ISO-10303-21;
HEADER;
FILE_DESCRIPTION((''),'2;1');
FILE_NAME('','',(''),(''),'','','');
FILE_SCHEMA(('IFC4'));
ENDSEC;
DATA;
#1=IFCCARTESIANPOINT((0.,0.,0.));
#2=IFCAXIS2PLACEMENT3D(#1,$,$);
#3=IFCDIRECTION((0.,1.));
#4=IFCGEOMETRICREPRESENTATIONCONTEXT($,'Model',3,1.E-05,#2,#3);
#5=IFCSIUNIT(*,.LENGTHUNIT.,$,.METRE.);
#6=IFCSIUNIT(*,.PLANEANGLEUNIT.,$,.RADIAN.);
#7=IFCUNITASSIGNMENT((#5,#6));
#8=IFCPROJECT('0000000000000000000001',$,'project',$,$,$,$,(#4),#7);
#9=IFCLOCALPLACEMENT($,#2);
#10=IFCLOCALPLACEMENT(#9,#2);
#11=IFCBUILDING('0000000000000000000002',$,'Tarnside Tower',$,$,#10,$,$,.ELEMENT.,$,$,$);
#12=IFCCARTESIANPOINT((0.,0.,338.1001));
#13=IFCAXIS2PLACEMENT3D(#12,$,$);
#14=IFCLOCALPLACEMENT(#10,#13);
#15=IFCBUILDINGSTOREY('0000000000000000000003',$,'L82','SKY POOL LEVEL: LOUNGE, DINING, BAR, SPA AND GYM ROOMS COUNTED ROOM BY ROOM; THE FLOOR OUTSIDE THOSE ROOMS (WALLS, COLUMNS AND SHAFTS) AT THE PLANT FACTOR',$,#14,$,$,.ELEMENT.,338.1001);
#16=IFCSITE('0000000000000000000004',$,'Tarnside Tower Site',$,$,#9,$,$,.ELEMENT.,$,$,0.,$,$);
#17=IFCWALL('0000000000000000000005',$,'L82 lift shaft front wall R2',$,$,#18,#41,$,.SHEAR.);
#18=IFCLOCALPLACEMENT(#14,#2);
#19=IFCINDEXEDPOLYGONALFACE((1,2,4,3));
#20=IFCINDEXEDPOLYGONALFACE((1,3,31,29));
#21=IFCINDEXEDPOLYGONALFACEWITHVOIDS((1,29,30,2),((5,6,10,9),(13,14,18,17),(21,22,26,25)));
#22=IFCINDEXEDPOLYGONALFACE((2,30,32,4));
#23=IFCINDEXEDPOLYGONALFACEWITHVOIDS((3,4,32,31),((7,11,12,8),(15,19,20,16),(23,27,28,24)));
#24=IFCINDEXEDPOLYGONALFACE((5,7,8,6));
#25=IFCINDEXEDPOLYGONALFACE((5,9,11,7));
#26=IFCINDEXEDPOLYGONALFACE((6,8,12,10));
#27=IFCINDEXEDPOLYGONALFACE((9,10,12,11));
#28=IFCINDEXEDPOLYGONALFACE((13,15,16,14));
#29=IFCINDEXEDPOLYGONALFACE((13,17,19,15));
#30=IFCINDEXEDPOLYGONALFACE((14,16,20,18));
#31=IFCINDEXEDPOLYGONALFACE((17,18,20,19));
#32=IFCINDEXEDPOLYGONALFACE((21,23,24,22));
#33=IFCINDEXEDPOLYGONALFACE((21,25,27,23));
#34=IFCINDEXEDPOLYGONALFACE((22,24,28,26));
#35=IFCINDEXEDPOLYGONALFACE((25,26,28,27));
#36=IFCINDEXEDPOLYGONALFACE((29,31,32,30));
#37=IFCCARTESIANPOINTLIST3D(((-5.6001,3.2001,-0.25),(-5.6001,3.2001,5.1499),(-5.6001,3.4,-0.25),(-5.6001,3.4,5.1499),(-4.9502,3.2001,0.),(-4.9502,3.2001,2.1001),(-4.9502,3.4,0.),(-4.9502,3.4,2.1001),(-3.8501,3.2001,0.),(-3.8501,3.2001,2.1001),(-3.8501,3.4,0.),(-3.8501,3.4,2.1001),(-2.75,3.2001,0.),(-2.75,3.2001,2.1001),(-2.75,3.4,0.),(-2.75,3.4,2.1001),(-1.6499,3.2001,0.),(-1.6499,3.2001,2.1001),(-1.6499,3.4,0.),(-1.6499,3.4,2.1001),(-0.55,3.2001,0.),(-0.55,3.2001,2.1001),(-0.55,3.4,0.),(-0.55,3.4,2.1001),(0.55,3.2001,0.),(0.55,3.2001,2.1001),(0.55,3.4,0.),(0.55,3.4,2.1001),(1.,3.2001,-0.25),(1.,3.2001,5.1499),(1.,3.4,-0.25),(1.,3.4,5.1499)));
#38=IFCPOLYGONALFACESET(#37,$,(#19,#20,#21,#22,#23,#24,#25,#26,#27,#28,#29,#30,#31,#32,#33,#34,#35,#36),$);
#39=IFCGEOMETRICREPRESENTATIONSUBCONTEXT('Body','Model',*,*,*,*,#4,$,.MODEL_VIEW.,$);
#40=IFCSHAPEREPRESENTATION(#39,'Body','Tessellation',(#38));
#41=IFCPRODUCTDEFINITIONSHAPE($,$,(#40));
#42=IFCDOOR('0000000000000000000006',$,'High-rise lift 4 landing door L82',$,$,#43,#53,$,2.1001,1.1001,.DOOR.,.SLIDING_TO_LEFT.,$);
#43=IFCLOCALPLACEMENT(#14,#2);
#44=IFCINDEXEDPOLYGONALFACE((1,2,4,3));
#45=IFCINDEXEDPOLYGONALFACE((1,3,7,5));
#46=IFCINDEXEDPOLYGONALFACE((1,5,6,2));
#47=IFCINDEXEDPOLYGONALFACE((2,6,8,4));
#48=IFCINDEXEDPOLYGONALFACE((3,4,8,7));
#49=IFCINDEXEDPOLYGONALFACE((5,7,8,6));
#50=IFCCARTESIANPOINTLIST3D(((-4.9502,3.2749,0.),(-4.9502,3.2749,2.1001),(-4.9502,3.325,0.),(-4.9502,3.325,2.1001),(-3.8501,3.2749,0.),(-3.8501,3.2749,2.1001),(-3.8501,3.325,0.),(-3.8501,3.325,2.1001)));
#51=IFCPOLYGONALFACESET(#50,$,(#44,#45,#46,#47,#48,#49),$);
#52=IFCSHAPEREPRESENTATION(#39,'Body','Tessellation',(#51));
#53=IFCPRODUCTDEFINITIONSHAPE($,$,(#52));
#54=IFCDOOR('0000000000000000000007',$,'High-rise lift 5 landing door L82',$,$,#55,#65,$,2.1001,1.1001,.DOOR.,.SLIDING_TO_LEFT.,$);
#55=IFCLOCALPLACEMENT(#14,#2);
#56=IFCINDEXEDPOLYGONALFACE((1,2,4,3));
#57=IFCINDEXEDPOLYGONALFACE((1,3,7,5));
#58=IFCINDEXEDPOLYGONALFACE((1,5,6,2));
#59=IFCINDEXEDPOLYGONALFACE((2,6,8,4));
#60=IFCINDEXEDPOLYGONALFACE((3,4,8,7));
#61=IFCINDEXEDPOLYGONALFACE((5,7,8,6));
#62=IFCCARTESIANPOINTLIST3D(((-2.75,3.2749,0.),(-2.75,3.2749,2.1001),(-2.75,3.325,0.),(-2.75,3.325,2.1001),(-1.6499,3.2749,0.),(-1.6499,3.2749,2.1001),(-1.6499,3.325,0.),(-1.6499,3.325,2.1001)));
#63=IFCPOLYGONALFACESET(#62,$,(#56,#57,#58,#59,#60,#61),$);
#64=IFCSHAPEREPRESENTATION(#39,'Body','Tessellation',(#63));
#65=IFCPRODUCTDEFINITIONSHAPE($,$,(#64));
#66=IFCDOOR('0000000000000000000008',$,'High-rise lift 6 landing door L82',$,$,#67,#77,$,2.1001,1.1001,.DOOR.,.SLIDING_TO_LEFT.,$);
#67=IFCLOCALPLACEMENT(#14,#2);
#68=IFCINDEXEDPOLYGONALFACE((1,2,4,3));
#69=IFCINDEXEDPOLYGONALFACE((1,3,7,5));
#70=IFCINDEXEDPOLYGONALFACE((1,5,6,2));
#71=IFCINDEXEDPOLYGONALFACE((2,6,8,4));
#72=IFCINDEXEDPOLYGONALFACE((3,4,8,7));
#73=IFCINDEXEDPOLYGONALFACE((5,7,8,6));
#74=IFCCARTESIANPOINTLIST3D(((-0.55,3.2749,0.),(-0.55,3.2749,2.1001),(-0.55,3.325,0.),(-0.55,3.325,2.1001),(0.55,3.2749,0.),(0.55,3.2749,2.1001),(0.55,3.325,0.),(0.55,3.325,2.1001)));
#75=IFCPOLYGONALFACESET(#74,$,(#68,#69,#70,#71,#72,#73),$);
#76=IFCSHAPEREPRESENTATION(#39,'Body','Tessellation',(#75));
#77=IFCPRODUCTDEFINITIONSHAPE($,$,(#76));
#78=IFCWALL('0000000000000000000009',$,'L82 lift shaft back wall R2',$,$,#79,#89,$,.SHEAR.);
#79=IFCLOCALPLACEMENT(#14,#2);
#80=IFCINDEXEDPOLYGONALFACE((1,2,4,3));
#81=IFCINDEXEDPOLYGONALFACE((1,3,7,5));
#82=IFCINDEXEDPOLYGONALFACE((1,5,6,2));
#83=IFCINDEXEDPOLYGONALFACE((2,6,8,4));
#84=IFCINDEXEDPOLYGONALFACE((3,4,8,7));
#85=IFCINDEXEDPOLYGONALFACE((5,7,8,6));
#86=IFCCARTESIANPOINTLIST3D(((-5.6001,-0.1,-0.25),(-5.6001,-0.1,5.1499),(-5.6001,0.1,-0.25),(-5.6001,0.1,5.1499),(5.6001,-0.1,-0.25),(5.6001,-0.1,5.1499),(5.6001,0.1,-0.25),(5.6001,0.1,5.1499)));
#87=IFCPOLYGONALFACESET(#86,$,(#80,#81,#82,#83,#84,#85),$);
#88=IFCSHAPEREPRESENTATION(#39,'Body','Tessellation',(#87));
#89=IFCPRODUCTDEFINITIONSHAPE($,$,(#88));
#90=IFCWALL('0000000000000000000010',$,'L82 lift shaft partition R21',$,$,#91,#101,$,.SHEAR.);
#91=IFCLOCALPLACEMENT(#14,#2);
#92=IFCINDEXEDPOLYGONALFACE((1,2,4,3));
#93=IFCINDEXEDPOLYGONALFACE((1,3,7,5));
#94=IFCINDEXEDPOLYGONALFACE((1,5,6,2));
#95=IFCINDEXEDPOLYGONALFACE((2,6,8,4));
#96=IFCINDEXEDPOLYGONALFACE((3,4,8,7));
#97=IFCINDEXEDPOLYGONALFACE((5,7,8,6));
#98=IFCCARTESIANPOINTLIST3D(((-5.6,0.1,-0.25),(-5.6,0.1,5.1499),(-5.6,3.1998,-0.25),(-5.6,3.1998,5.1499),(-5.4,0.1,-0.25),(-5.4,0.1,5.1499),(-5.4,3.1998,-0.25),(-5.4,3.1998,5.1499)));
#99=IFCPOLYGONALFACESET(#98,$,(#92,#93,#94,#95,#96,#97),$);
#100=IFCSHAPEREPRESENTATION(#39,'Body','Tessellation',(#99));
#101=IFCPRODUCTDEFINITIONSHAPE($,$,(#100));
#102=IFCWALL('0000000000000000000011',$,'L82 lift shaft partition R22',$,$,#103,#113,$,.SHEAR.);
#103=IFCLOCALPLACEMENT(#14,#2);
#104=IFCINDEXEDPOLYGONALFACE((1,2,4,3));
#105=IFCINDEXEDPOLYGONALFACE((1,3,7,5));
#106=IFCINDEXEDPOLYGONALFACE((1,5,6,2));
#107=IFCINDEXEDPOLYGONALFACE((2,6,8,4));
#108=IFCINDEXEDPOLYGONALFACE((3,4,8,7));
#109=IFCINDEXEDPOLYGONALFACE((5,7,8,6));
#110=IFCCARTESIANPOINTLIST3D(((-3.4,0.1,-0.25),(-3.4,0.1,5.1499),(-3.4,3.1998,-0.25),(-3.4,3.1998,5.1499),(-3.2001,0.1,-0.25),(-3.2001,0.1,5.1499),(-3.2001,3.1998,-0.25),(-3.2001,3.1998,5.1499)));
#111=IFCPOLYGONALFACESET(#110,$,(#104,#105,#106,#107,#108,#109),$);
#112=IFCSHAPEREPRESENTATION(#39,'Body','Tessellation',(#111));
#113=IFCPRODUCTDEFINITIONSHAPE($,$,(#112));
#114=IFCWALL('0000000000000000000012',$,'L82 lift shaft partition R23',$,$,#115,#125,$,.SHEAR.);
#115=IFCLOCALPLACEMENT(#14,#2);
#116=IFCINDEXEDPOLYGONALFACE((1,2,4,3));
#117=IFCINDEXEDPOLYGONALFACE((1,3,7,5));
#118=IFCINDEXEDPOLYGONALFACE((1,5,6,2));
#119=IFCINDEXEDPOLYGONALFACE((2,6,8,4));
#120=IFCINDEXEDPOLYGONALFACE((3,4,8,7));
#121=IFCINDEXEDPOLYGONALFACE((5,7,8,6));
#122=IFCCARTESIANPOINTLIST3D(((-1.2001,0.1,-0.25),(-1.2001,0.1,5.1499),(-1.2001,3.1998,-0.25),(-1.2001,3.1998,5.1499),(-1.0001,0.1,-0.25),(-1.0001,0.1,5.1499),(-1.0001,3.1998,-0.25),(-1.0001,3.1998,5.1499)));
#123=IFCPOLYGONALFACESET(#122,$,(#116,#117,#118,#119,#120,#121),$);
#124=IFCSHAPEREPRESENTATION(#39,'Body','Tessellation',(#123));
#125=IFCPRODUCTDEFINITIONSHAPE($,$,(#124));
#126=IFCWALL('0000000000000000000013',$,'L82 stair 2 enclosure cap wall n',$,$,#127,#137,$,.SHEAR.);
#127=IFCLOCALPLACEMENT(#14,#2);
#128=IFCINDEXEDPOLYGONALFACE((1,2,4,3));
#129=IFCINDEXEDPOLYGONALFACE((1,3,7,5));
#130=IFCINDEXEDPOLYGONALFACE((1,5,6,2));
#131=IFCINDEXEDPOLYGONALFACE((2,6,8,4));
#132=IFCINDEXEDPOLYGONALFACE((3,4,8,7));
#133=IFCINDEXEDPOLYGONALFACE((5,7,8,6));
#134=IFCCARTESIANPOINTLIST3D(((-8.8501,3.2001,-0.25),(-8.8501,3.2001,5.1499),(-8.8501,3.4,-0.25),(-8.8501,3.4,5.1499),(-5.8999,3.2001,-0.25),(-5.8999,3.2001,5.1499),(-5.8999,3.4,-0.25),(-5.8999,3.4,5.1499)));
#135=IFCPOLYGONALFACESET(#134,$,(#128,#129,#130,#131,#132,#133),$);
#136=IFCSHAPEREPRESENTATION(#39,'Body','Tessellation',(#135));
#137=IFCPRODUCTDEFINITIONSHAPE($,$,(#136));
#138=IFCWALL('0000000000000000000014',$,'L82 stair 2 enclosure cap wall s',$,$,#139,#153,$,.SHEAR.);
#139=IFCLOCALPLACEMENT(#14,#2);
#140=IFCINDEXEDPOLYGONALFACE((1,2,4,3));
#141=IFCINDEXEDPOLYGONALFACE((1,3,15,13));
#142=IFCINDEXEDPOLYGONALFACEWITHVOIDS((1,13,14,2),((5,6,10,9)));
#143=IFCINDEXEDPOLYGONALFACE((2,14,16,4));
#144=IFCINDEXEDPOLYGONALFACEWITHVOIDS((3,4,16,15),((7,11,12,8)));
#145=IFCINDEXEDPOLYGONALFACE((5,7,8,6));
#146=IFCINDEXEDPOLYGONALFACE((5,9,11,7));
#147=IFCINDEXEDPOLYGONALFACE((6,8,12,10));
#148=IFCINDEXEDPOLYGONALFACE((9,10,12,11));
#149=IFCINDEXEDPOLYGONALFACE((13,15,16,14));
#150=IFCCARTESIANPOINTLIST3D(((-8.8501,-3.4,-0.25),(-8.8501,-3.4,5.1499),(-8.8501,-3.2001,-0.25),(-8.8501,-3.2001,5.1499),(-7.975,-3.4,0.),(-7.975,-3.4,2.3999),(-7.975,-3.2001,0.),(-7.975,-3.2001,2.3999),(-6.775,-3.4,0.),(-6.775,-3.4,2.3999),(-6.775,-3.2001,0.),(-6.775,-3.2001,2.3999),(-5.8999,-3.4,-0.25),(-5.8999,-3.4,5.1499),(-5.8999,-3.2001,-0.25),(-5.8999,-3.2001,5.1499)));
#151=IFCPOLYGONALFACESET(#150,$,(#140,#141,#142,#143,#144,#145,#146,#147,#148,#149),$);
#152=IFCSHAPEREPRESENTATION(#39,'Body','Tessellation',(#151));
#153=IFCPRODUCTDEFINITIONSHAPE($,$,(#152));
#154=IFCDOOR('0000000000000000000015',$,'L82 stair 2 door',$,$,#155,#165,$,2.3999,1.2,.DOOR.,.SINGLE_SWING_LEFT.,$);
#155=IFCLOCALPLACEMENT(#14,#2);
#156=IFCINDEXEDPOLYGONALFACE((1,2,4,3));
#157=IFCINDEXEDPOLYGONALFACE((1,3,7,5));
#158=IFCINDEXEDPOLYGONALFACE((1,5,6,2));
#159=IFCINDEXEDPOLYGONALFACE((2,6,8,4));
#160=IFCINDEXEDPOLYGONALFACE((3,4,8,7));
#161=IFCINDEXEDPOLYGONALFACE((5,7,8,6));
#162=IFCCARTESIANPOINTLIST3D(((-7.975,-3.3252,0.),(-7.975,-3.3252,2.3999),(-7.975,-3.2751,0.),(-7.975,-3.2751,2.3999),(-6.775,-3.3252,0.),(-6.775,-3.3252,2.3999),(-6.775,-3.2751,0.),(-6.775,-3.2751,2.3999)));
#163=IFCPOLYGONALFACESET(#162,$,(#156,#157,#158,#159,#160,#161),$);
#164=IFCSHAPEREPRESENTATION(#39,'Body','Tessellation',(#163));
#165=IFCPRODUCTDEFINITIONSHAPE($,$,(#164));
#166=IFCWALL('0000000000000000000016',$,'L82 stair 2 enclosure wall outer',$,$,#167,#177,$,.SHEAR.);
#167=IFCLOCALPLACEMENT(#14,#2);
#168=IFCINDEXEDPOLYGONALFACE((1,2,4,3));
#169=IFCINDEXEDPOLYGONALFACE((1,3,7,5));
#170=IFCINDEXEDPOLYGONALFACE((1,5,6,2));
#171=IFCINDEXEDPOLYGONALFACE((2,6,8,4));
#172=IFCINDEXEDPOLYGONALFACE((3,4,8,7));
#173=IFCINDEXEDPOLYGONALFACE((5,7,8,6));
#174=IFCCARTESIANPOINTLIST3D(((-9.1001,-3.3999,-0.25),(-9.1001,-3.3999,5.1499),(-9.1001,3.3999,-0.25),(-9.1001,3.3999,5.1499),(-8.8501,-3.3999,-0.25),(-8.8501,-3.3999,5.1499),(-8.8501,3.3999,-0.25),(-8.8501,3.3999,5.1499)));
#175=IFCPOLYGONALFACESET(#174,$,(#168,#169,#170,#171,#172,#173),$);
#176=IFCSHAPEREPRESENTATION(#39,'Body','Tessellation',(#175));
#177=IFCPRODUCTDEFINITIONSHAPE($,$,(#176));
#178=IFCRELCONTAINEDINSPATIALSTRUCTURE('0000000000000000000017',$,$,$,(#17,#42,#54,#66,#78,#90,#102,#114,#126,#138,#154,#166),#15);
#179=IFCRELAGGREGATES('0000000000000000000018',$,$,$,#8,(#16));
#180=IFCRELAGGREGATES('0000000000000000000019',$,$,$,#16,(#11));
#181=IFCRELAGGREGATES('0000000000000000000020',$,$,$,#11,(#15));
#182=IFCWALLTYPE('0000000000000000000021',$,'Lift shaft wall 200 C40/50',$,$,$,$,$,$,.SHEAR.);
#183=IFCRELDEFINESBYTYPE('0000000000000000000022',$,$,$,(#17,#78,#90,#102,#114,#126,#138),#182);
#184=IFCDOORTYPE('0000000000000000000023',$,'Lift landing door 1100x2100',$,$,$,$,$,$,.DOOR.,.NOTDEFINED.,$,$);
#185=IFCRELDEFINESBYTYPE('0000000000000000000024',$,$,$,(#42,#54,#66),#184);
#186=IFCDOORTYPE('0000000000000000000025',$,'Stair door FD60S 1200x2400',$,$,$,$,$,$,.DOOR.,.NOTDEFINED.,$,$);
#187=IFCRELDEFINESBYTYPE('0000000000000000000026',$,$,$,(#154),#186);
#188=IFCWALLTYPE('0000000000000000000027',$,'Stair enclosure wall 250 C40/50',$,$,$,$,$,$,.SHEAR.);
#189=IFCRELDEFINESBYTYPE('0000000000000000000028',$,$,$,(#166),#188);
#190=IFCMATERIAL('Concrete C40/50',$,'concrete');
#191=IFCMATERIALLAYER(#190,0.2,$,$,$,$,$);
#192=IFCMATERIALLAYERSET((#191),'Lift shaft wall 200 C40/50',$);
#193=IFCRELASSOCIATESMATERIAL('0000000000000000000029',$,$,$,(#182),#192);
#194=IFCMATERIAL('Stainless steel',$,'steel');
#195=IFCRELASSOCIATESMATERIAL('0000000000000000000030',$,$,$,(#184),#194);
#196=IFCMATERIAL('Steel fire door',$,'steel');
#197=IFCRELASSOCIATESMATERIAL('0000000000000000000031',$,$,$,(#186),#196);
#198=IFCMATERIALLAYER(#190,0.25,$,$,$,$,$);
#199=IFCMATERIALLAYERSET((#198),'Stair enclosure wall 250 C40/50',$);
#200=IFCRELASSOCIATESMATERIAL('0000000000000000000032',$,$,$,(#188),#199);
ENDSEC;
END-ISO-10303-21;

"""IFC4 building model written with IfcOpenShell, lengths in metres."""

from ifc_helpers import new_model, si_unit, direction, frame, frame_2d, origin, place, context, subcontext, project, spatial, rectangle, extrude, material, layer, layer_set, type_object, element, fill, save


model = new_model("IFC4")

# Units and contexts
model_context = context("Model", 3, precision=1e-05, world=origin(), true_north=direction((0.0, 1.0)))
body_context = subcontext(model_context, "Body", "Model", "MODEL_VIEW")
ifc_project = project(units=[si_unit("LENGTHUNIT", "METRE"), si_unit("PLANEANGLEUNIT", "RADIAN")], contexts=[model_context])

# Site, building, storey
site_placement = place(None, origin())
site = spatial("IfcSite", under=ifc_project, at=site_placement, Name="Tarnside Tower Site", CompositionType="ELEMENT", RefElevation=0.0)
building_placement = place(site_placement, origin())
building = spatial("IfcBuilding", under=site, at=building_placement, Name="Tarnside Tower", CompositionType="ELEMENT")
storey_placement = place(building_placement, frame((0.0, 0.0, 338.1001)))
storey = spatial("IfcBuildingStorey", under=building, at=storey_placement, Name="L82", Description="SKY POOL LEVEL: LOUNGE, DINING, BAR, SPA AND GYM ROOMS COUNTED ROOM BY ROOM; THE FLOOR OUTSIDE THOSE ROOMS (WALLS, COLUMNS AND SHAFTS) AT THE PLANT FACTOR", CompositionType="ELEMENT", Elevation=338.1001)

# Shared definitions
ifc_material_1 = material(Name="Concrete C40/50", Category="concrete")
ifc_layer_1 = layer(ifc_material_1, 0.2)
ifc_layer_set_1 = layer_set([ifc_layer_1], Name="Lift shaft wall 200 C40/50")
wall_type_1 = type_object("IfcWallType", Name="Lift shaft wall 200 C40/50", PredefinedType="SHEAR", material=ifc_layer_set_1)
ifc_material_2 = material(Name="Stainless steel", Category="steel")
door_type_1 = type_object("IfcDoorType", Name="Lift landing door 1100x2100", OperationType="NOTDEFINED", PredefinedType="DOOR", material=ifc_material_2)
ifc_material_3 = material(Name="Steel fire door", Category="steel")

# Wall, openings, doors
wall_1_placement = place(storey_placement, frame((-5.6001, 3.3, -0.25), z_axis=(0.0, 0.0, 1.0), x_axis=(1.0, 0.0, 0.0)))
wall_1 = element("IfcWall", 1, at=wall_1_placement, inside=storey, type_object=wall_type_1, Name="L82 lift shaft front wall R2", PredefinedType="SHEAR", context=body_context, shape_type="SweptSolid", body=[
    extrude(rectangle(XDim=6.6001, YDim=0.2, at=frame_2d((3.3, 0.0))), origin(), (0.0, 0.0, 1.0), 5.3999),
])
opening_1_placement = place(wall_1_placement, frame((0.6499, 0.0, 0.25)))
opening_1 = element("IfcOpeningElement", 2, at=opening_1_placement, cuts=wall_1, PredefinedType="OPENING", context=body_context, shape_type="SweptSolid", body=[
    extrude(rectangle(XDim=1.1001, YDim=2.1001, at=frame_2d((0.55, 1.05))), frame((0.0, 0.1099, 0.0), z_axis=(0.0, -1.0, 0.0), x_axis=(1.0, 0.0, 0.0)), (0.0, 0.0, 1.0), 0.22),
])
opening_2_placement = place(wall_1_placement, frame((2.8501, 0.0, 0.25)))
opening_2 = element("IfcOpeningElement", 3, at=opening_2_placement, cuts=wall_1, PredefinedType="OPENING", context=body_context, shape_type="SweptSolid", body=[
    extrude(rectangle(XDim=1.1001, YDim=2.1001, at=frame_2d((0.55, 1.05))), frame((0.0, 0.1099, 0.0), z_axis=(0.0, -1.0, 0.0), x_axis=(1.0, 0.0, 0.0)), (0.0, 0.0, 1.0), 0.22),
])
opening_3_placement = place(wall_1_placement, frame((5.05, 0.0, 0.25)))
opening_3 = element("IfcOpeningElement", 4, at=opening_3_placement, cuts=wall_1, PredefinedType="OPENING", context=body_context, shape_type="SweptSolid", body=[
    extrude(rectangle(XDim=1.1001, YDim=2.1001, at=frame_2d((0.55, 1.05))), frame((0.0, 0.1099, 0.0), z_axis=(0.0, -1.0, 0.0), x_axis=(1.0, 0.0, 0.0)), (0.0, 0.0, 1.0), 0.22),
])
door_1_placement = place(opening_1_placement, origin())
door_1 = element("IfcDoor", 5, at=door_1_placement, inside=storey, type_object=door_type_1, Name="High-rise lift 4 landing door L82", OperationType="SLIDING_TO_LEFT", OverallHeight=2.1001, OverallWidth=1.1001, PredefinedType="DOOR", context=body_context, shape_type="SweptSolid", body=[
    extrude(rectangle(XDim=1.1001, YDim=2.1001, at=frame_2d((0.55, 1.05))), frame((0.0, 0.0249, 0.0), z_axis=(0.0, -1.0, 0.0), x_axis=(1.0, 0.0, 0.0)), (0.0, 0.0, 1.0), 0.05),
])
fill(opening_1, door_1)
door_2_placement = place(opening_2_placement, origin())
door_2 = element("IfcDoor", 6, at=door_2_placement, inside=storey, type_object=door_type_1, Name="High-rise lift 5 landing door L82", OperationType="SLIDING_TO_LEFT", OverallHeight=2.1001, OverallWidth=1.1001, PredefinedType="DOOR", context=body_context, shape_type="SweptSolid", body=[
    extrude(rectangle(XDim=1.1001, YDim=2.1001, at=frame_2d((0.55, 1.05))), frame((0.0, 0.0249, 0.0), z_axis=(0.0, -1.0, 0.0), x_axis=(1.0, 0.0, 0.0)), (0.0, 0.0, 1.0), 0.05),
])
fill(opening_2, door_2)
door_3_placement = place(opening_3_placement, origin())
door_3 = element("IfcDoor", 7, at=door_3_placement, inside=storey, type_object=door_type_1, Name="High-rise lift 6 landing door L82", OperationType="SLIDING_TO_LEFT", OverallHeight=2.1001, OverallWidth=1.1001, PredefinedType="DOOR", context=body_context, shape_type="SweptSolid", body=[
    extrude(rectangle(XDim=1.1001, YDim=2.1001, at=frame_2d((0.55, 1.05))), frame((0.0, 0.0249, 0.0), z_axis=(0.0, -1.0, 0.0), x_axis=(1.0, 0.0, 0.0)), (0.0, 0.0, 1.0), 0.05),
])
fill(opening_3, door_3)

# Walls
wall_2_placement = place(storey_placement, frame((-5.6001, 0.0, -0.25), z_axis=(0.0, 0.0, 1.0), x_axis=(1.0, 0.0, 0.0)))
element("IfcWall", 8, at=wall_2_placement, inside=storey, type_object=wall_type_1, Name="L82 lift shaft back wall R2", PredefinedType="SHEAR", context=body_context, shape_type="SweptSolid", body=[
    extrude(rectangle(XDim=11.2002, YDim=0.2, at=frame_2d((5.6001, 0.0))), origin(), (0.0, 0.0, 1.0), 5.3999),
])
for number, where, z_axis, x_axis, name in (
    (9, (-5.5, 0.1001, -0.25), (0.0, 0.0, 1.0), (0.0, 1.0, 0.0), "L82 lift shaft partition R21"),
    (10, (-3.3, 0.1001, -0.25), (0.0, 0.0, 1.0), (0.0, 1.0, 0.0), "L82 lift shaft partition R22"),
    (11, (-1.1001, 0.1001, -0.25), (0.0, 0.0, 1.0), (0.0, 1.0, 0.0), "L82 lift shaft partition R23"),
):
    element("IfcWall", number, at=place(storey_placement, frame(where, z_axis=z_axis, x_axis=x_axis)), inside=storey, type_object=wall_type_1, Name=name, PredefinedType="SHEAR", context=body_context, shape_type="SweptSolid", body=[
        extrude(rectangle(XDim=3.0999, YDim=0.2, at=frame_2d((1.5498, 0.0))), origin(), (0.0, 0.0, 1.0), 5.3999),
    ])
wall_3_placement = place(storey_placement, frame((-8.8501, 3.3, -0.25), z_axis=(0.0, 0.0, 1.0), x_axis=(1.0, 0.0, 0.0)))
element("IfcWall", 12, at=wall_3_placement, inside=storey, type_object=wall_type_1, Name="L82 stair 2 enclosure cap wall n", PredefinedType="SHEAR", context=body_context, shape_type="SweptSolid", body=[
    extrude(rectangle(XDim=2.9502, YDim=0.2, at=frame_2d((1.4751, 0.0))), origin(), (0.0, 0.0, 1.0), 5.3999),
])

# Wall, opening, door
wall_4_placement = place(storey_placement, frame((-8.8501, -3.3, -0.25), z_axis=(0.0, 0.0, 1.0), x_axis=(1.0, 0.0, 0.0)))
wall_4 = element("IfcWall", 13, at=wall_4_placement, inside=storey, type_object=wall_type_1, Name="L82 stair 2 enclosure cap wall s", PredefinedType="SHEAR", context=body_context, shape_type="SweptSolid", body=[
    extrude(rectangle(XDim=2.9502, YDim=0.2, at=frame_2d((1.4751, 0.0))), origin(), (0.0, 0.0, 1.0), 5.3999),
])
opening_4_placement = place(wall_4_placement, frame((0.875, 0.0, 0.25)))
opening_4 = element("IfcOpeningElement", 14, at=opening_4_placement, cuts=wall_4, PredefinedType="OPENING", context=body_context, shape_type="SweptSolid", body=[
    extrude(rectangle(XDim=1.2, YDim=2.3999, at=frame_2d((0.6001, 1.2))), frame((0.0, 0.1099, 0.0), z_axis=(0.0, -1.0, 0.0), x_axis=(1.0, 0.0, 0.0)), (0.0, 0.0, 1.0), 0.22),
])
door_type_2 = type_object("IfcDoorType", Name="Stair door FD60S 1200x2400", OperationType="NOTDEFINED", PredefinedType="DOOR", material=ifc_material_3)
door_4_placement = place(opening_4_placement, origin())
door_4 = element("IfcDoor", 15, at=door_4_placement, inside=storey, type_object=door_type_2, Name="L82 stair 2 door", OperationType="SINGLE_SWING_LEFT", OverallHeight=2.3999, OverallWidth=1.2, PredefinedType="DOOR", context=body_context, shape_type="SweptSolid", body=[
    extrude(rectangle(XDim=1.2, YDim=2.3999, at=frame_2d((0.6001, 1.2))), frame((0.0, 0.0249, 0.0), z_axis=(0.0, -1.0, 0.0), x_axis=(1.0, 0.0, 0.0)), (0.0, 0.0, 1.0), 0.05),
])
fill(opening_4, door_4)

# Wall
ifc_layer_2 = layer(ifc_material_1, 0.25)
ifc_layer_set_2 = layer_set([ifc_layer_2], Name="Stair enclosure wall 250 C40/50")
wall_type_2 = type_object("IfcWallType", Name="Stair enclosure wall 250 C40/50", PredefinedType="SHEAR", material=ifc_layer_set_2)
wall_5_placement = place(storey_placement, frame((-8.9751, -3.3999, -0.25), z_axis=(0.0, 0.0, 1.0), x_axis=(0.0, 1.0, 0.0)))
element("IfcWall", 16, at=wall_5_placement, inside=storey, type_object=wall_type_2, Name="L82 stair 2 enclosure wall outer", PredefinedType="SHEAR", context=body_context, shape_type="SweptSolid", body=[
    extrude(rectangle(XDim=6.7998, YDim=0.25, at=frame_2d((3.3999, 0.0))), origin(), (0.0, 0.0, 1.0), 5.3999),
])

save(model, "model.ifc")
